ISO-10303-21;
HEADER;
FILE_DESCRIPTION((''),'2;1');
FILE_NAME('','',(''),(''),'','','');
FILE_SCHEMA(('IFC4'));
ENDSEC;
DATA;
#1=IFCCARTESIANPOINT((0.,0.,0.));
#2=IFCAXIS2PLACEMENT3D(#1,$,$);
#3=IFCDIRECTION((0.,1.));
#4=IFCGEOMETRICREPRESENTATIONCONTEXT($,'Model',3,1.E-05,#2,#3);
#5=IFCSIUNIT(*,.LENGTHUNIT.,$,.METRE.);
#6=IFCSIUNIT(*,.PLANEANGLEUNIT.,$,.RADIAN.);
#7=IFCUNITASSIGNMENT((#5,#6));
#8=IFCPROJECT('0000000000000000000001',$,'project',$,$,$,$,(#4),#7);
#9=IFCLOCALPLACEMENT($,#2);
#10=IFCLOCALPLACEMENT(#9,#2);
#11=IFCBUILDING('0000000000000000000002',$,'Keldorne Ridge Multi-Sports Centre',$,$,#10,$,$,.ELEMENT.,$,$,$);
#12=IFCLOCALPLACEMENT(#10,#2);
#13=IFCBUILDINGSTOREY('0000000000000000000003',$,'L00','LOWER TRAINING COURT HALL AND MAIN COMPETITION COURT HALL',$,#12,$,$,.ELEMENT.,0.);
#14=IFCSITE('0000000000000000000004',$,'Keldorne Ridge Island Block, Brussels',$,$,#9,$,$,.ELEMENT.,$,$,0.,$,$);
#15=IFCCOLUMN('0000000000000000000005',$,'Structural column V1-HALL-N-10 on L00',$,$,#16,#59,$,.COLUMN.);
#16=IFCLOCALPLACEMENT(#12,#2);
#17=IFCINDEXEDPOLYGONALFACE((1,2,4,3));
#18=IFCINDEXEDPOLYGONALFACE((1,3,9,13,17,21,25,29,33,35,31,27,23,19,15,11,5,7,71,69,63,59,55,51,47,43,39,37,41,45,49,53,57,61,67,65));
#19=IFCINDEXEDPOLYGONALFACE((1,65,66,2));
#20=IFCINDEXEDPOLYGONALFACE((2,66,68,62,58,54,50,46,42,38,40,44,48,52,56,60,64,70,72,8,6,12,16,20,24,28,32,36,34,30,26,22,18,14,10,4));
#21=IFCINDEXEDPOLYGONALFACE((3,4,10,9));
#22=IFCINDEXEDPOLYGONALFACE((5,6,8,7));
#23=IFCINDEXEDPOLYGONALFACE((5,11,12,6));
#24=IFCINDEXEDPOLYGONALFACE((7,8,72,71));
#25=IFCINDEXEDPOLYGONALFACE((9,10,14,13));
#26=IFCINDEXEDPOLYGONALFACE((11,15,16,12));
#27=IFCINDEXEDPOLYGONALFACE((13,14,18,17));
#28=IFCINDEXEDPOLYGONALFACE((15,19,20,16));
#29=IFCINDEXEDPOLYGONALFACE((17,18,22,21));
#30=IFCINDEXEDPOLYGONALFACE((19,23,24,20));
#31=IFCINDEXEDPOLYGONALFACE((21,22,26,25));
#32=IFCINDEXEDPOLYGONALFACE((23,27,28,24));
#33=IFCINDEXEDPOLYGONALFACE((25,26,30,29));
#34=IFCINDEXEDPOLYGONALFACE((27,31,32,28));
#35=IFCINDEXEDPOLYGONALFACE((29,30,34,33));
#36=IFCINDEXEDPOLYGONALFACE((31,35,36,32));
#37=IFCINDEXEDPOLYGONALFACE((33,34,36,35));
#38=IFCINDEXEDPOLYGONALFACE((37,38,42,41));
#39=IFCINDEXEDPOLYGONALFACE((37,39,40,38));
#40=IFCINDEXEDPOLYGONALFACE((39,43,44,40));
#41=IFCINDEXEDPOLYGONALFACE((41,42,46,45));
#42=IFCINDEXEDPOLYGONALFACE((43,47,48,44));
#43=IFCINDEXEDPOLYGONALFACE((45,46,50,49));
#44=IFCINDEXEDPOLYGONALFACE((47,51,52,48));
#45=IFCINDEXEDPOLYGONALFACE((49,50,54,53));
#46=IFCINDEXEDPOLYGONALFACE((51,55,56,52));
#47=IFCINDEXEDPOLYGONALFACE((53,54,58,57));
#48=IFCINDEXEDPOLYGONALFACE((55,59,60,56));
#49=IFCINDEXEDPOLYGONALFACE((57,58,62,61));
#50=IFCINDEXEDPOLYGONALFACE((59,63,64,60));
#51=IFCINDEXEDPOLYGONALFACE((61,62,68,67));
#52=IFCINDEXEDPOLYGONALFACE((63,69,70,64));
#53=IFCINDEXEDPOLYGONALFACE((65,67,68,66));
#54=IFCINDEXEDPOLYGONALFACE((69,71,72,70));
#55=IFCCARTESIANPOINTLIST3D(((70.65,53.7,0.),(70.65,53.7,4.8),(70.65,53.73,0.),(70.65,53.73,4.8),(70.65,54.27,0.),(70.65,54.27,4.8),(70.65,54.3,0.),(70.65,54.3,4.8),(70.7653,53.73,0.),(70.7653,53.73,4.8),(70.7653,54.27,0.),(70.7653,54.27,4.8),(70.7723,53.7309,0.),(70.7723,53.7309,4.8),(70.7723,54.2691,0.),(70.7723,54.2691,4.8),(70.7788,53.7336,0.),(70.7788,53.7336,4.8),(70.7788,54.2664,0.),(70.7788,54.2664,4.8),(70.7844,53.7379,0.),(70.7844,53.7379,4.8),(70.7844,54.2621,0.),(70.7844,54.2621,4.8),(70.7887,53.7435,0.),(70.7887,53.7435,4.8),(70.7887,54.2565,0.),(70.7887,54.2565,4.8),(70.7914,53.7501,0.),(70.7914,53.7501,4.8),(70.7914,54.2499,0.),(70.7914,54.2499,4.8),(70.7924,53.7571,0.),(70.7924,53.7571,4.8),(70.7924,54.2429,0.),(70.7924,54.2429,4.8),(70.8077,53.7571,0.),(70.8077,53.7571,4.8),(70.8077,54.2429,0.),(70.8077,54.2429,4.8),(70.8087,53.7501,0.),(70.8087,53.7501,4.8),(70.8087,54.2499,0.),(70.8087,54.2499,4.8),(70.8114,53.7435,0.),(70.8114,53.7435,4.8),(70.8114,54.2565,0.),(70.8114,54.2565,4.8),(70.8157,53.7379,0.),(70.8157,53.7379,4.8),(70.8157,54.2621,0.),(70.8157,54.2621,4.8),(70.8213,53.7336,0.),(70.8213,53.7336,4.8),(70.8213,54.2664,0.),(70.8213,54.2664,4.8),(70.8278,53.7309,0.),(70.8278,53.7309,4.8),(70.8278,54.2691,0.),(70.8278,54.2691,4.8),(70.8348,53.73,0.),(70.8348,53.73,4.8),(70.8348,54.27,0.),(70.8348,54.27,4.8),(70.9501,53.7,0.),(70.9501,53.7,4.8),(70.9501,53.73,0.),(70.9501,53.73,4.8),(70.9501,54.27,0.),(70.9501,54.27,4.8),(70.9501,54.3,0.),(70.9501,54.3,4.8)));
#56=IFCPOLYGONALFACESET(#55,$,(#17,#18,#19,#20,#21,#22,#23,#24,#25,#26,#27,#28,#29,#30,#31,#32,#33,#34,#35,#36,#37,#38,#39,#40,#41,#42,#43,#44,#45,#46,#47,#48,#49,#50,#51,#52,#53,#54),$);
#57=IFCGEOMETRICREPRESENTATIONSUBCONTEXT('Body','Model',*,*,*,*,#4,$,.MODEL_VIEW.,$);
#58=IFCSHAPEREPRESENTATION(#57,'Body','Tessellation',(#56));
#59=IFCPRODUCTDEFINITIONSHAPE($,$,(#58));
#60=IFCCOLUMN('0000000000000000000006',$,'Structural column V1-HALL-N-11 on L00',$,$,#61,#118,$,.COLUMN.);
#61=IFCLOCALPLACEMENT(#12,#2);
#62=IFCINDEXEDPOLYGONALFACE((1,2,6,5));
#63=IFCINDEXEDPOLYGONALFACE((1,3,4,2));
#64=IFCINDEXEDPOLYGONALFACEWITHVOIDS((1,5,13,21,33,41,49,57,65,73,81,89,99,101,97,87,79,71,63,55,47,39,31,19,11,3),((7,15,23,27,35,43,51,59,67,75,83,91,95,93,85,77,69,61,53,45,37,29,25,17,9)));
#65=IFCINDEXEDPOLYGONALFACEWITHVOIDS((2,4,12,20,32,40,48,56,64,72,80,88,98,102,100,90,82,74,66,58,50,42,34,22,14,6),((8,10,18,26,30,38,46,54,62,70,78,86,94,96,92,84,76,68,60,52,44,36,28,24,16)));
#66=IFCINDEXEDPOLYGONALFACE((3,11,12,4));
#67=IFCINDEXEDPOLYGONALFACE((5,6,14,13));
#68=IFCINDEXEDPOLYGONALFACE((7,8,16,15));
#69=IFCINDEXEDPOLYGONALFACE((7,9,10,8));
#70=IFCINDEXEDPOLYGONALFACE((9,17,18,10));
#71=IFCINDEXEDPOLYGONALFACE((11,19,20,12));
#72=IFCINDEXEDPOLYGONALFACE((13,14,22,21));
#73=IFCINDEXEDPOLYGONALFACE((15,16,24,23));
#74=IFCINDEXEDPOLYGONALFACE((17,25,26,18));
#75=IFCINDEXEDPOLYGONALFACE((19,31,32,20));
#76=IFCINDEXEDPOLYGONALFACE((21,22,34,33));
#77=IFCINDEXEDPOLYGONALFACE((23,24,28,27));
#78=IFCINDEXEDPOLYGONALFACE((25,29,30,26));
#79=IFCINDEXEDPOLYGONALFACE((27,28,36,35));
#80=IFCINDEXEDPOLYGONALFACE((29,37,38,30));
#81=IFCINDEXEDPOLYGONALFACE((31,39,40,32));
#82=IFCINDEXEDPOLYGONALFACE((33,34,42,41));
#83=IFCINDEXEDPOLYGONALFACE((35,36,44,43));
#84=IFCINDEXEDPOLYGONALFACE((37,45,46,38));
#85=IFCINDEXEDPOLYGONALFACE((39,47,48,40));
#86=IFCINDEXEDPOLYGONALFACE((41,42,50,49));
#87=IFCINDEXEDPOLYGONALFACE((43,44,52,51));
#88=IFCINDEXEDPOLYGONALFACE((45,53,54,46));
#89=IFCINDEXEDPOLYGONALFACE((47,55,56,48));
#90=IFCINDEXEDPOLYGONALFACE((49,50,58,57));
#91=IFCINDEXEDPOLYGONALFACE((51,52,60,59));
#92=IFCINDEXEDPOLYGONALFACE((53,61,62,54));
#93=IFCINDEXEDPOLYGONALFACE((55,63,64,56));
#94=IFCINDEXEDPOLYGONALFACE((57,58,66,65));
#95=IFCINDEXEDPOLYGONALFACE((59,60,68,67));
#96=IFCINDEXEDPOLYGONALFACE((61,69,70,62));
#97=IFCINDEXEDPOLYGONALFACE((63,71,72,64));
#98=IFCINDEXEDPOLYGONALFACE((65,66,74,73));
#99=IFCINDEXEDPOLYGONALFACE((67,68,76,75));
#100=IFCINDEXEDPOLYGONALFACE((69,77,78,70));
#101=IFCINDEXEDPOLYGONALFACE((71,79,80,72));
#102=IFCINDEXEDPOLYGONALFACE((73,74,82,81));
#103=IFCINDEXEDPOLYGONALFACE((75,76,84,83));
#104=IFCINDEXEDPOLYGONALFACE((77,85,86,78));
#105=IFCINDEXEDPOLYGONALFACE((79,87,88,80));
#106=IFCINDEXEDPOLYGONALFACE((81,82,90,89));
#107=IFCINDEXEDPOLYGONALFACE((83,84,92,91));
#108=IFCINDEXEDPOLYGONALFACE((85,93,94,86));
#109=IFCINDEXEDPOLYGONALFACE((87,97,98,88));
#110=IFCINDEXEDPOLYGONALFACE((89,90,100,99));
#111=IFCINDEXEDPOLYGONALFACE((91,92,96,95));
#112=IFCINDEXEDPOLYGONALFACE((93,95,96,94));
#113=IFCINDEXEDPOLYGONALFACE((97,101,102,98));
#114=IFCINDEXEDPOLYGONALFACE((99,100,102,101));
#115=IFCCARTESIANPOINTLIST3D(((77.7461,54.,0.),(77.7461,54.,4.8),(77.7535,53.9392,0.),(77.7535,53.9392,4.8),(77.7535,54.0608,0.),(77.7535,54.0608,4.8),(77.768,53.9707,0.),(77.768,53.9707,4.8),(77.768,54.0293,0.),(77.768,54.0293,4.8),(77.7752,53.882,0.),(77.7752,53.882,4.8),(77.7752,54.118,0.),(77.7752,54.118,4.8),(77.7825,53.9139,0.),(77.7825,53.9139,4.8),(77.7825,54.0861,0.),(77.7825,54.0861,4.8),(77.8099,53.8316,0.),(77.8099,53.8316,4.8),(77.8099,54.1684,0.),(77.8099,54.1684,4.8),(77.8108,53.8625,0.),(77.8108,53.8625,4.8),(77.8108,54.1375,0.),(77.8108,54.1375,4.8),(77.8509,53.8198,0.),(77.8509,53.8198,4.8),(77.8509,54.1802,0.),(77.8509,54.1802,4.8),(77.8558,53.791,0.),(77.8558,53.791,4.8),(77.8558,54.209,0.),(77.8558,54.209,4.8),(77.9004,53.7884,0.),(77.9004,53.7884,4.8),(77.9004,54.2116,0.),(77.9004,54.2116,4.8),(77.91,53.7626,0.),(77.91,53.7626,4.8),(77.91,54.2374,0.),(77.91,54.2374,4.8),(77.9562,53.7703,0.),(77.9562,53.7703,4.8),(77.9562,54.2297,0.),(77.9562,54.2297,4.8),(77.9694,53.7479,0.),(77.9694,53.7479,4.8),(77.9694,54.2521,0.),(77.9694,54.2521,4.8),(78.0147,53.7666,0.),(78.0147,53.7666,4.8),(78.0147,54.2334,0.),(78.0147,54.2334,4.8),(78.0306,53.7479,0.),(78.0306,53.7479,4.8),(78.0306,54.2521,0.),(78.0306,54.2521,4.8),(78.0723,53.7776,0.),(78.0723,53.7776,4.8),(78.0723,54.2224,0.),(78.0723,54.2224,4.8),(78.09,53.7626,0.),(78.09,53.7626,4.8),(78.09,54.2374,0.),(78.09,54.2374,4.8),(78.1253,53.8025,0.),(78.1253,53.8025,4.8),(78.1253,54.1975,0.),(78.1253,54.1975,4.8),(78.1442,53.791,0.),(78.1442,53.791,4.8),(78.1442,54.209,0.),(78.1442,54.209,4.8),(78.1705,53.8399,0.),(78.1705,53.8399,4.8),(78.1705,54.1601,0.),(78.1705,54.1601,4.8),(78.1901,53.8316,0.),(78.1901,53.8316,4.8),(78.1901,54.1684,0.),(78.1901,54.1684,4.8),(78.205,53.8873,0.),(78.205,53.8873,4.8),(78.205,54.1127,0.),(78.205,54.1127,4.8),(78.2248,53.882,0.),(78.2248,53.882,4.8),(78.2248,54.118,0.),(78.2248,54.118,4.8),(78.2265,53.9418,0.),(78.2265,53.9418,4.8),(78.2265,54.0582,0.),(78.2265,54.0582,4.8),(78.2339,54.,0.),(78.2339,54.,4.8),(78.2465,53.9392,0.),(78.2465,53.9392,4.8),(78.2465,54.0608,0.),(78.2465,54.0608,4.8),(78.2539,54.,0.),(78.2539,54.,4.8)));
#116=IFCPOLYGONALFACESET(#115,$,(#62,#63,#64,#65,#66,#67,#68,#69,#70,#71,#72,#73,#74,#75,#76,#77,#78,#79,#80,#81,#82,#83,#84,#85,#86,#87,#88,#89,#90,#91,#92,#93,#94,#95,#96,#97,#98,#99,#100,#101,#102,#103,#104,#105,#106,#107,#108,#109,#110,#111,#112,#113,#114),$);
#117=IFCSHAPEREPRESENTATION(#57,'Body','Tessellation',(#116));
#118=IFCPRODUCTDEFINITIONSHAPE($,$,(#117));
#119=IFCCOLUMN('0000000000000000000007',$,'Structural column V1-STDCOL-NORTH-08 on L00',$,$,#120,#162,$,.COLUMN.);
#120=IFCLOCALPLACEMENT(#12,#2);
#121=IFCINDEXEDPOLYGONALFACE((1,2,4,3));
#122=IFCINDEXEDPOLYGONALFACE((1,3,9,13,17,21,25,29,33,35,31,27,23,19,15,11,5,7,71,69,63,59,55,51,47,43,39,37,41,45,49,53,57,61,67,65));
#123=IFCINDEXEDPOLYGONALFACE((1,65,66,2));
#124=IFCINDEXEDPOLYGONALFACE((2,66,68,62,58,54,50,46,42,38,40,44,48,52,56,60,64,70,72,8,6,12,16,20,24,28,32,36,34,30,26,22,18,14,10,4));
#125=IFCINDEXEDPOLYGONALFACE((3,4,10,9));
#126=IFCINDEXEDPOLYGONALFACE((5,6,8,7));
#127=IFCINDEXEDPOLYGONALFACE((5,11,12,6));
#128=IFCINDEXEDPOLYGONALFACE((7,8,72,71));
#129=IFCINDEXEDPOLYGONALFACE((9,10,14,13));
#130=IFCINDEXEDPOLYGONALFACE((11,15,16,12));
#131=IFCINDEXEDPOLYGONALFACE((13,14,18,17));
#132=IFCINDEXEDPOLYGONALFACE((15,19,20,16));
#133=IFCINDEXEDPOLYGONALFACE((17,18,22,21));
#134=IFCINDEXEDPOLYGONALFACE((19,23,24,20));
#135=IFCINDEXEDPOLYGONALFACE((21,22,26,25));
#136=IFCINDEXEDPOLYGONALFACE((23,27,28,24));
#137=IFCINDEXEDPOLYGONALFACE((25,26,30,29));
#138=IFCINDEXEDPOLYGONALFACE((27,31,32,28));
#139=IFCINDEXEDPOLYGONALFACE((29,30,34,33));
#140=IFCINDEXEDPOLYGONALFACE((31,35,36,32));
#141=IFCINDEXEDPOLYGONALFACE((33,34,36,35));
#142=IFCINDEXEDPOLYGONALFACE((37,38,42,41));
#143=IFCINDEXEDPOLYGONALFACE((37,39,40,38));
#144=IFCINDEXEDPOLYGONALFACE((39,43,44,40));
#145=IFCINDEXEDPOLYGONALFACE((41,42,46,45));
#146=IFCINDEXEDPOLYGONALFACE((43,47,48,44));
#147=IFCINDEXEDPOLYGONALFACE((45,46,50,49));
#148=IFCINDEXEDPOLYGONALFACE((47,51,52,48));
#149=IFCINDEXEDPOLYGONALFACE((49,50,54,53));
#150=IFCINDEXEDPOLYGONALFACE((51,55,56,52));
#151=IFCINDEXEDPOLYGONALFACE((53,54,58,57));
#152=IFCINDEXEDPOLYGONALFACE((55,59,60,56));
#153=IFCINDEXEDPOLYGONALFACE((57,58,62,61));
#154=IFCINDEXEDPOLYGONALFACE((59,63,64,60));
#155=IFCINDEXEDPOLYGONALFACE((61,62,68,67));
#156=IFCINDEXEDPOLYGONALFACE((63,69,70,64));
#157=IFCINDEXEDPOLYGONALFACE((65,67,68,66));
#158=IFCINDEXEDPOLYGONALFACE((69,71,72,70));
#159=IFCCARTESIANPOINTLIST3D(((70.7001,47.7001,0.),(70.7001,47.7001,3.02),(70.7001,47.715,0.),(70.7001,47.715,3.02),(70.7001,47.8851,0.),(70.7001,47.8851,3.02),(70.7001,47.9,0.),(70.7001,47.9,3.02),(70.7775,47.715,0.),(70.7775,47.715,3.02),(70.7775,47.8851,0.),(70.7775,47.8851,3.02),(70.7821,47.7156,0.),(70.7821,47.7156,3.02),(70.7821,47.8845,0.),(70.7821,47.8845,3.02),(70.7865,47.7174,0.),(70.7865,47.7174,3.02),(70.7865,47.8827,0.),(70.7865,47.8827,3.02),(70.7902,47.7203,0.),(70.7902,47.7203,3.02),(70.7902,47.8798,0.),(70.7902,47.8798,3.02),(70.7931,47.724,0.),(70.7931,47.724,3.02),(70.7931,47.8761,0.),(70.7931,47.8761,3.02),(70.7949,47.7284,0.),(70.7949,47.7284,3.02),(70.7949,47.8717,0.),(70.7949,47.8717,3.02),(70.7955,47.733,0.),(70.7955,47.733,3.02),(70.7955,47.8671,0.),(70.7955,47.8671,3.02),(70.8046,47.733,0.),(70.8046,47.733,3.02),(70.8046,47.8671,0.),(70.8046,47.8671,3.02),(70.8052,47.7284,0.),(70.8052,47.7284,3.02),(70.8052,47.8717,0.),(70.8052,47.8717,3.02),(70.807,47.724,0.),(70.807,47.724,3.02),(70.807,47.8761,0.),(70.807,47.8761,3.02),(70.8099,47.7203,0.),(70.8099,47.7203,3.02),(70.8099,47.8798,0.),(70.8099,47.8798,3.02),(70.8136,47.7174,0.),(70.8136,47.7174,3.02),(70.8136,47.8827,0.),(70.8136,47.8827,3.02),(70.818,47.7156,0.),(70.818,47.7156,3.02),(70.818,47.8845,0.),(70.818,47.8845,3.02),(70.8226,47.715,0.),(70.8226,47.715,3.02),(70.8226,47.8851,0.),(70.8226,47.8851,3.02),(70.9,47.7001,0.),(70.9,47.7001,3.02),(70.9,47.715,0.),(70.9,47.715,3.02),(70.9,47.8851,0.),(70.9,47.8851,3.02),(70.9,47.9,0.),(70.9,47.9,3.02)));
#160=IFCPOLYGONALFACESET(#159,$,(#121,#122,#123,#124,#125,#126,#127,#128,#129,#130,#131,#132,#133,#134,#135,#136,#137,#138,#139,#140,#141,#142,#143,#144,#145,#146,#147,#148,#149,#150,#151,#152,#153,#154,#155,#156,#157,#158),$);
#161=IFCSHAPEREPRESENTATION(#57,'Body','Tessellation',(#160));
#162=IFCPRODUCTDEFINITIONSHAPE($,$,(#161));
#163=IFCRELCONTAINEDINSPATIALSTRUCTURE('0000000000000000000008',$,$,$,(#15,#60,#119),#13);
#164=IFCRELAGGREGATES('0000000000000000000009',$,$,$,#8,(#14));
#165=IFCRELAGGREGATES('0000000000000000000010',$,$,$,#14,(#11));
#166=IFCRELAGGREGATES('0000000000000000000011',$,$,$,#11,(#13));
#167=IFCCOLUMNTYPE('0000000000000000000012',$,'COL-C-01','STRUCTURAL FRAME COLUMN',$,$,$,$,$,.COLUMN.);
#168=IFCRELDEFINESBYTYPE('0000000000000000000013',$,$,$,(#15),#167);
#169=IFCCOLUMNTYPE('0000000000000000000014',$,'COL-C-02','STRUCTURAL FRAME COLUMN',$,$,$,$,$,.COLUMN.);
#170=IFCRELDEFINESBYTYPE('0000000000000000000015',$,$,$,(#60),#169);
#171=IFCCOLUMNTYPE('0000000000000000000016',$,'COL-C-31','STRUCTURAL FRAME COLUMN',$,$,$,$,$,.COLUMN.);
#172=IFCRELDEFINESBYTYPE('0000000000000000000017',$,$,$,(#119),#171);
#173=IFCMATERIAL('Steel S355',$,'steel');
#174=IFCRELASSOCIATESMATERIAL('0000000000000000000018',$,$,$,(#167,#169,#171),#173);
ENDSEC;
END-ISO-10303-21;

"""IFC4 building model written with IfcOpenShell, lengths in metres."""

from ifc_helpers import new_model, si_unit, direction, frame, origin, origin_2d, place, context, subcontext, project, spatial, hollow_circle, i_section, extrude, material, material_profile, profile_set, type_object, element, save


model = new_model("IFC4")

# Units and contexts
model_context = context("Model", 3, precision=1e-05, world=origin(), true_north=direction((0.0, 1.0)))
body_context = subcontext(model_context, "Body", "Model", "MODEL_VIEW")
ifc_project = project(units=[si_unit("LENGTHUNIT", "METRE"), si_unit("PLANEANGLEUNIT", "RADIAN")], contexts=[model_context])

# Site, building, storey
site_placement = place(None, origin())
site = spatial("IfcSite", under=ifc_project, at=site_placement, Name="Keldorne Ridge Island Block, Brussels", CompositionType="ELEMENT", RefElevation=0.0)
building_placement = place(site_placement, origin())
building = spatial("IfcBuilding", under=site, at=building_placement, Name="Keldorne Ridge Multi-Sports Centre", CompositionType="ELEMENT")
storey_placement = place(building_placement, origin())
storey = spatial("IfcBuildingStorey", under=building, at=storey_placement, Name="L00", Description="LOWER TRAINING COURT HALL AND MAIN COMPETITION COURT HALL", CompositionType="ELEMENT", Elevation=0.0)

# Columns
ifc_material_1 = material(Name="Steel S355", Category="steel")
ifc_material_profile_1 = material_profile(ifc_material_1, i_section(OverallWidth=0.3, OverallDepth=0.6001, WebThickness=0.0154, FlangeThickness=0.03, FilletRadius=0.0271, at=origin_2d()), Name="HEB 600")
ifc_profile_set_1 = profile_set([ifc_material_profile_1], Name="Steel S355")
column_type_1 = type_object("IfcColumnType", Name="COL-C-01", Description="STRUCTURAL FRAME COLUMN", PredefinedType="COLUMN", material=ifc_profile_set_1)
column_1_placement = place(storey_placement, frame((70.8, 54.0, 0.0), z_axis=(0.0, 0.0, 1.0), x_axis=(1.0, 0.0, 0.0)))
element("IfcColumn", 1, at=column_1_placement, inside=storey, type_object=column_type_1, Name="Structural column V1-HALL-N-10 on L00", PredefinedType="COLUMN", context=body_context, shape_type="SweptSolid", body=[
    extrude(i_section(OverallWidth=0.3, OverallDepth=0.6001, WebThickness=0.0154, FlangeThickness=0.03, FilletRadius=0.0271, at=origin_2d()), origin(), (0.0, 0.0, 1.0), 4.8),
])
ifc_material_profile_2 = material_profile(ifc_material_1, hollow_circle(Radius=0.2539, WallThickness=0.02, at=origin_2d()), Name="CHS 508x20")
ifc_profile_set_2 = profile_set([ifc_material_profile_2], Name="Steel S355")
column_type_2 = type_object("IfcColumnType", Name="COL-C-02", Description="STRUCTURAL FRAME COLUMN", PredefinedType="COLUMN", material=ifc_profile_set_2)
column_2_placement = place(storey_placement, frame((78.0, 54.0, 0.0), z_axis=(0.0, 0.0, 1.0), x_axis=(1.0, 0.0, 0.0)))
element("IfcColumn", 2, at=column_2_placement, inside=storey, type_object=column_type_2, Name="Structural column V1-HALL-N-11 on L00", PredefinedType="COLUMN", context=body_context, shape_type="SweptSolid", body=[
    extrude(hollow_circle(Radius=0.2539, WallThickness=0.02, at=origin_2d()), origin(), (0.0, 0.0, 1.0), 4.8),
])
ifc_material_profile_3 = material_profile(ifc_material_1, i_section(OverallWidth=0.2, OverallDepth=0.2, WebThickness=0.009, FlangeThickness=0.0149, FilletRadius=0.0181, at=origin_2d()), Name="HEB 200")
ifc_profile_set_3 = profile_set([ifc_material_profile_3], Name="Steel S355")
column_type_3 = type_object("IfcColumnType", Name="COL-C-31", Description="STRUCTURAL FRAME COLUMN", PredefinedType="COLUMN", material=ifc_profile_set_3)
column_3_placement = place(storey_placement, frame((70.8, 47.8, 0.0), z_axis=(0.0, 0.0, 1.0), x_axis=(1.0, 0.0, 0.0)))
element("IfcColumn", 3, at=column_3_placement, inside=storey, type_object=column_type_3, Name="Structural column V1-STDCOL-NORTH-08 on L00", PredefinedType="COLUMN", context=body_context, shape_type="SweptSolid", body=[
    extrude(i_section(OverallWidth=0.2, OverallDepth=0.2, WebThickness=0.009, FlangeThickness=0.0149, FilletRadius=0.0181, at=origin_2d()), origin(), (0.0, 0.0, 1.0), 3.02),
])

save(model, "model.ifc")
